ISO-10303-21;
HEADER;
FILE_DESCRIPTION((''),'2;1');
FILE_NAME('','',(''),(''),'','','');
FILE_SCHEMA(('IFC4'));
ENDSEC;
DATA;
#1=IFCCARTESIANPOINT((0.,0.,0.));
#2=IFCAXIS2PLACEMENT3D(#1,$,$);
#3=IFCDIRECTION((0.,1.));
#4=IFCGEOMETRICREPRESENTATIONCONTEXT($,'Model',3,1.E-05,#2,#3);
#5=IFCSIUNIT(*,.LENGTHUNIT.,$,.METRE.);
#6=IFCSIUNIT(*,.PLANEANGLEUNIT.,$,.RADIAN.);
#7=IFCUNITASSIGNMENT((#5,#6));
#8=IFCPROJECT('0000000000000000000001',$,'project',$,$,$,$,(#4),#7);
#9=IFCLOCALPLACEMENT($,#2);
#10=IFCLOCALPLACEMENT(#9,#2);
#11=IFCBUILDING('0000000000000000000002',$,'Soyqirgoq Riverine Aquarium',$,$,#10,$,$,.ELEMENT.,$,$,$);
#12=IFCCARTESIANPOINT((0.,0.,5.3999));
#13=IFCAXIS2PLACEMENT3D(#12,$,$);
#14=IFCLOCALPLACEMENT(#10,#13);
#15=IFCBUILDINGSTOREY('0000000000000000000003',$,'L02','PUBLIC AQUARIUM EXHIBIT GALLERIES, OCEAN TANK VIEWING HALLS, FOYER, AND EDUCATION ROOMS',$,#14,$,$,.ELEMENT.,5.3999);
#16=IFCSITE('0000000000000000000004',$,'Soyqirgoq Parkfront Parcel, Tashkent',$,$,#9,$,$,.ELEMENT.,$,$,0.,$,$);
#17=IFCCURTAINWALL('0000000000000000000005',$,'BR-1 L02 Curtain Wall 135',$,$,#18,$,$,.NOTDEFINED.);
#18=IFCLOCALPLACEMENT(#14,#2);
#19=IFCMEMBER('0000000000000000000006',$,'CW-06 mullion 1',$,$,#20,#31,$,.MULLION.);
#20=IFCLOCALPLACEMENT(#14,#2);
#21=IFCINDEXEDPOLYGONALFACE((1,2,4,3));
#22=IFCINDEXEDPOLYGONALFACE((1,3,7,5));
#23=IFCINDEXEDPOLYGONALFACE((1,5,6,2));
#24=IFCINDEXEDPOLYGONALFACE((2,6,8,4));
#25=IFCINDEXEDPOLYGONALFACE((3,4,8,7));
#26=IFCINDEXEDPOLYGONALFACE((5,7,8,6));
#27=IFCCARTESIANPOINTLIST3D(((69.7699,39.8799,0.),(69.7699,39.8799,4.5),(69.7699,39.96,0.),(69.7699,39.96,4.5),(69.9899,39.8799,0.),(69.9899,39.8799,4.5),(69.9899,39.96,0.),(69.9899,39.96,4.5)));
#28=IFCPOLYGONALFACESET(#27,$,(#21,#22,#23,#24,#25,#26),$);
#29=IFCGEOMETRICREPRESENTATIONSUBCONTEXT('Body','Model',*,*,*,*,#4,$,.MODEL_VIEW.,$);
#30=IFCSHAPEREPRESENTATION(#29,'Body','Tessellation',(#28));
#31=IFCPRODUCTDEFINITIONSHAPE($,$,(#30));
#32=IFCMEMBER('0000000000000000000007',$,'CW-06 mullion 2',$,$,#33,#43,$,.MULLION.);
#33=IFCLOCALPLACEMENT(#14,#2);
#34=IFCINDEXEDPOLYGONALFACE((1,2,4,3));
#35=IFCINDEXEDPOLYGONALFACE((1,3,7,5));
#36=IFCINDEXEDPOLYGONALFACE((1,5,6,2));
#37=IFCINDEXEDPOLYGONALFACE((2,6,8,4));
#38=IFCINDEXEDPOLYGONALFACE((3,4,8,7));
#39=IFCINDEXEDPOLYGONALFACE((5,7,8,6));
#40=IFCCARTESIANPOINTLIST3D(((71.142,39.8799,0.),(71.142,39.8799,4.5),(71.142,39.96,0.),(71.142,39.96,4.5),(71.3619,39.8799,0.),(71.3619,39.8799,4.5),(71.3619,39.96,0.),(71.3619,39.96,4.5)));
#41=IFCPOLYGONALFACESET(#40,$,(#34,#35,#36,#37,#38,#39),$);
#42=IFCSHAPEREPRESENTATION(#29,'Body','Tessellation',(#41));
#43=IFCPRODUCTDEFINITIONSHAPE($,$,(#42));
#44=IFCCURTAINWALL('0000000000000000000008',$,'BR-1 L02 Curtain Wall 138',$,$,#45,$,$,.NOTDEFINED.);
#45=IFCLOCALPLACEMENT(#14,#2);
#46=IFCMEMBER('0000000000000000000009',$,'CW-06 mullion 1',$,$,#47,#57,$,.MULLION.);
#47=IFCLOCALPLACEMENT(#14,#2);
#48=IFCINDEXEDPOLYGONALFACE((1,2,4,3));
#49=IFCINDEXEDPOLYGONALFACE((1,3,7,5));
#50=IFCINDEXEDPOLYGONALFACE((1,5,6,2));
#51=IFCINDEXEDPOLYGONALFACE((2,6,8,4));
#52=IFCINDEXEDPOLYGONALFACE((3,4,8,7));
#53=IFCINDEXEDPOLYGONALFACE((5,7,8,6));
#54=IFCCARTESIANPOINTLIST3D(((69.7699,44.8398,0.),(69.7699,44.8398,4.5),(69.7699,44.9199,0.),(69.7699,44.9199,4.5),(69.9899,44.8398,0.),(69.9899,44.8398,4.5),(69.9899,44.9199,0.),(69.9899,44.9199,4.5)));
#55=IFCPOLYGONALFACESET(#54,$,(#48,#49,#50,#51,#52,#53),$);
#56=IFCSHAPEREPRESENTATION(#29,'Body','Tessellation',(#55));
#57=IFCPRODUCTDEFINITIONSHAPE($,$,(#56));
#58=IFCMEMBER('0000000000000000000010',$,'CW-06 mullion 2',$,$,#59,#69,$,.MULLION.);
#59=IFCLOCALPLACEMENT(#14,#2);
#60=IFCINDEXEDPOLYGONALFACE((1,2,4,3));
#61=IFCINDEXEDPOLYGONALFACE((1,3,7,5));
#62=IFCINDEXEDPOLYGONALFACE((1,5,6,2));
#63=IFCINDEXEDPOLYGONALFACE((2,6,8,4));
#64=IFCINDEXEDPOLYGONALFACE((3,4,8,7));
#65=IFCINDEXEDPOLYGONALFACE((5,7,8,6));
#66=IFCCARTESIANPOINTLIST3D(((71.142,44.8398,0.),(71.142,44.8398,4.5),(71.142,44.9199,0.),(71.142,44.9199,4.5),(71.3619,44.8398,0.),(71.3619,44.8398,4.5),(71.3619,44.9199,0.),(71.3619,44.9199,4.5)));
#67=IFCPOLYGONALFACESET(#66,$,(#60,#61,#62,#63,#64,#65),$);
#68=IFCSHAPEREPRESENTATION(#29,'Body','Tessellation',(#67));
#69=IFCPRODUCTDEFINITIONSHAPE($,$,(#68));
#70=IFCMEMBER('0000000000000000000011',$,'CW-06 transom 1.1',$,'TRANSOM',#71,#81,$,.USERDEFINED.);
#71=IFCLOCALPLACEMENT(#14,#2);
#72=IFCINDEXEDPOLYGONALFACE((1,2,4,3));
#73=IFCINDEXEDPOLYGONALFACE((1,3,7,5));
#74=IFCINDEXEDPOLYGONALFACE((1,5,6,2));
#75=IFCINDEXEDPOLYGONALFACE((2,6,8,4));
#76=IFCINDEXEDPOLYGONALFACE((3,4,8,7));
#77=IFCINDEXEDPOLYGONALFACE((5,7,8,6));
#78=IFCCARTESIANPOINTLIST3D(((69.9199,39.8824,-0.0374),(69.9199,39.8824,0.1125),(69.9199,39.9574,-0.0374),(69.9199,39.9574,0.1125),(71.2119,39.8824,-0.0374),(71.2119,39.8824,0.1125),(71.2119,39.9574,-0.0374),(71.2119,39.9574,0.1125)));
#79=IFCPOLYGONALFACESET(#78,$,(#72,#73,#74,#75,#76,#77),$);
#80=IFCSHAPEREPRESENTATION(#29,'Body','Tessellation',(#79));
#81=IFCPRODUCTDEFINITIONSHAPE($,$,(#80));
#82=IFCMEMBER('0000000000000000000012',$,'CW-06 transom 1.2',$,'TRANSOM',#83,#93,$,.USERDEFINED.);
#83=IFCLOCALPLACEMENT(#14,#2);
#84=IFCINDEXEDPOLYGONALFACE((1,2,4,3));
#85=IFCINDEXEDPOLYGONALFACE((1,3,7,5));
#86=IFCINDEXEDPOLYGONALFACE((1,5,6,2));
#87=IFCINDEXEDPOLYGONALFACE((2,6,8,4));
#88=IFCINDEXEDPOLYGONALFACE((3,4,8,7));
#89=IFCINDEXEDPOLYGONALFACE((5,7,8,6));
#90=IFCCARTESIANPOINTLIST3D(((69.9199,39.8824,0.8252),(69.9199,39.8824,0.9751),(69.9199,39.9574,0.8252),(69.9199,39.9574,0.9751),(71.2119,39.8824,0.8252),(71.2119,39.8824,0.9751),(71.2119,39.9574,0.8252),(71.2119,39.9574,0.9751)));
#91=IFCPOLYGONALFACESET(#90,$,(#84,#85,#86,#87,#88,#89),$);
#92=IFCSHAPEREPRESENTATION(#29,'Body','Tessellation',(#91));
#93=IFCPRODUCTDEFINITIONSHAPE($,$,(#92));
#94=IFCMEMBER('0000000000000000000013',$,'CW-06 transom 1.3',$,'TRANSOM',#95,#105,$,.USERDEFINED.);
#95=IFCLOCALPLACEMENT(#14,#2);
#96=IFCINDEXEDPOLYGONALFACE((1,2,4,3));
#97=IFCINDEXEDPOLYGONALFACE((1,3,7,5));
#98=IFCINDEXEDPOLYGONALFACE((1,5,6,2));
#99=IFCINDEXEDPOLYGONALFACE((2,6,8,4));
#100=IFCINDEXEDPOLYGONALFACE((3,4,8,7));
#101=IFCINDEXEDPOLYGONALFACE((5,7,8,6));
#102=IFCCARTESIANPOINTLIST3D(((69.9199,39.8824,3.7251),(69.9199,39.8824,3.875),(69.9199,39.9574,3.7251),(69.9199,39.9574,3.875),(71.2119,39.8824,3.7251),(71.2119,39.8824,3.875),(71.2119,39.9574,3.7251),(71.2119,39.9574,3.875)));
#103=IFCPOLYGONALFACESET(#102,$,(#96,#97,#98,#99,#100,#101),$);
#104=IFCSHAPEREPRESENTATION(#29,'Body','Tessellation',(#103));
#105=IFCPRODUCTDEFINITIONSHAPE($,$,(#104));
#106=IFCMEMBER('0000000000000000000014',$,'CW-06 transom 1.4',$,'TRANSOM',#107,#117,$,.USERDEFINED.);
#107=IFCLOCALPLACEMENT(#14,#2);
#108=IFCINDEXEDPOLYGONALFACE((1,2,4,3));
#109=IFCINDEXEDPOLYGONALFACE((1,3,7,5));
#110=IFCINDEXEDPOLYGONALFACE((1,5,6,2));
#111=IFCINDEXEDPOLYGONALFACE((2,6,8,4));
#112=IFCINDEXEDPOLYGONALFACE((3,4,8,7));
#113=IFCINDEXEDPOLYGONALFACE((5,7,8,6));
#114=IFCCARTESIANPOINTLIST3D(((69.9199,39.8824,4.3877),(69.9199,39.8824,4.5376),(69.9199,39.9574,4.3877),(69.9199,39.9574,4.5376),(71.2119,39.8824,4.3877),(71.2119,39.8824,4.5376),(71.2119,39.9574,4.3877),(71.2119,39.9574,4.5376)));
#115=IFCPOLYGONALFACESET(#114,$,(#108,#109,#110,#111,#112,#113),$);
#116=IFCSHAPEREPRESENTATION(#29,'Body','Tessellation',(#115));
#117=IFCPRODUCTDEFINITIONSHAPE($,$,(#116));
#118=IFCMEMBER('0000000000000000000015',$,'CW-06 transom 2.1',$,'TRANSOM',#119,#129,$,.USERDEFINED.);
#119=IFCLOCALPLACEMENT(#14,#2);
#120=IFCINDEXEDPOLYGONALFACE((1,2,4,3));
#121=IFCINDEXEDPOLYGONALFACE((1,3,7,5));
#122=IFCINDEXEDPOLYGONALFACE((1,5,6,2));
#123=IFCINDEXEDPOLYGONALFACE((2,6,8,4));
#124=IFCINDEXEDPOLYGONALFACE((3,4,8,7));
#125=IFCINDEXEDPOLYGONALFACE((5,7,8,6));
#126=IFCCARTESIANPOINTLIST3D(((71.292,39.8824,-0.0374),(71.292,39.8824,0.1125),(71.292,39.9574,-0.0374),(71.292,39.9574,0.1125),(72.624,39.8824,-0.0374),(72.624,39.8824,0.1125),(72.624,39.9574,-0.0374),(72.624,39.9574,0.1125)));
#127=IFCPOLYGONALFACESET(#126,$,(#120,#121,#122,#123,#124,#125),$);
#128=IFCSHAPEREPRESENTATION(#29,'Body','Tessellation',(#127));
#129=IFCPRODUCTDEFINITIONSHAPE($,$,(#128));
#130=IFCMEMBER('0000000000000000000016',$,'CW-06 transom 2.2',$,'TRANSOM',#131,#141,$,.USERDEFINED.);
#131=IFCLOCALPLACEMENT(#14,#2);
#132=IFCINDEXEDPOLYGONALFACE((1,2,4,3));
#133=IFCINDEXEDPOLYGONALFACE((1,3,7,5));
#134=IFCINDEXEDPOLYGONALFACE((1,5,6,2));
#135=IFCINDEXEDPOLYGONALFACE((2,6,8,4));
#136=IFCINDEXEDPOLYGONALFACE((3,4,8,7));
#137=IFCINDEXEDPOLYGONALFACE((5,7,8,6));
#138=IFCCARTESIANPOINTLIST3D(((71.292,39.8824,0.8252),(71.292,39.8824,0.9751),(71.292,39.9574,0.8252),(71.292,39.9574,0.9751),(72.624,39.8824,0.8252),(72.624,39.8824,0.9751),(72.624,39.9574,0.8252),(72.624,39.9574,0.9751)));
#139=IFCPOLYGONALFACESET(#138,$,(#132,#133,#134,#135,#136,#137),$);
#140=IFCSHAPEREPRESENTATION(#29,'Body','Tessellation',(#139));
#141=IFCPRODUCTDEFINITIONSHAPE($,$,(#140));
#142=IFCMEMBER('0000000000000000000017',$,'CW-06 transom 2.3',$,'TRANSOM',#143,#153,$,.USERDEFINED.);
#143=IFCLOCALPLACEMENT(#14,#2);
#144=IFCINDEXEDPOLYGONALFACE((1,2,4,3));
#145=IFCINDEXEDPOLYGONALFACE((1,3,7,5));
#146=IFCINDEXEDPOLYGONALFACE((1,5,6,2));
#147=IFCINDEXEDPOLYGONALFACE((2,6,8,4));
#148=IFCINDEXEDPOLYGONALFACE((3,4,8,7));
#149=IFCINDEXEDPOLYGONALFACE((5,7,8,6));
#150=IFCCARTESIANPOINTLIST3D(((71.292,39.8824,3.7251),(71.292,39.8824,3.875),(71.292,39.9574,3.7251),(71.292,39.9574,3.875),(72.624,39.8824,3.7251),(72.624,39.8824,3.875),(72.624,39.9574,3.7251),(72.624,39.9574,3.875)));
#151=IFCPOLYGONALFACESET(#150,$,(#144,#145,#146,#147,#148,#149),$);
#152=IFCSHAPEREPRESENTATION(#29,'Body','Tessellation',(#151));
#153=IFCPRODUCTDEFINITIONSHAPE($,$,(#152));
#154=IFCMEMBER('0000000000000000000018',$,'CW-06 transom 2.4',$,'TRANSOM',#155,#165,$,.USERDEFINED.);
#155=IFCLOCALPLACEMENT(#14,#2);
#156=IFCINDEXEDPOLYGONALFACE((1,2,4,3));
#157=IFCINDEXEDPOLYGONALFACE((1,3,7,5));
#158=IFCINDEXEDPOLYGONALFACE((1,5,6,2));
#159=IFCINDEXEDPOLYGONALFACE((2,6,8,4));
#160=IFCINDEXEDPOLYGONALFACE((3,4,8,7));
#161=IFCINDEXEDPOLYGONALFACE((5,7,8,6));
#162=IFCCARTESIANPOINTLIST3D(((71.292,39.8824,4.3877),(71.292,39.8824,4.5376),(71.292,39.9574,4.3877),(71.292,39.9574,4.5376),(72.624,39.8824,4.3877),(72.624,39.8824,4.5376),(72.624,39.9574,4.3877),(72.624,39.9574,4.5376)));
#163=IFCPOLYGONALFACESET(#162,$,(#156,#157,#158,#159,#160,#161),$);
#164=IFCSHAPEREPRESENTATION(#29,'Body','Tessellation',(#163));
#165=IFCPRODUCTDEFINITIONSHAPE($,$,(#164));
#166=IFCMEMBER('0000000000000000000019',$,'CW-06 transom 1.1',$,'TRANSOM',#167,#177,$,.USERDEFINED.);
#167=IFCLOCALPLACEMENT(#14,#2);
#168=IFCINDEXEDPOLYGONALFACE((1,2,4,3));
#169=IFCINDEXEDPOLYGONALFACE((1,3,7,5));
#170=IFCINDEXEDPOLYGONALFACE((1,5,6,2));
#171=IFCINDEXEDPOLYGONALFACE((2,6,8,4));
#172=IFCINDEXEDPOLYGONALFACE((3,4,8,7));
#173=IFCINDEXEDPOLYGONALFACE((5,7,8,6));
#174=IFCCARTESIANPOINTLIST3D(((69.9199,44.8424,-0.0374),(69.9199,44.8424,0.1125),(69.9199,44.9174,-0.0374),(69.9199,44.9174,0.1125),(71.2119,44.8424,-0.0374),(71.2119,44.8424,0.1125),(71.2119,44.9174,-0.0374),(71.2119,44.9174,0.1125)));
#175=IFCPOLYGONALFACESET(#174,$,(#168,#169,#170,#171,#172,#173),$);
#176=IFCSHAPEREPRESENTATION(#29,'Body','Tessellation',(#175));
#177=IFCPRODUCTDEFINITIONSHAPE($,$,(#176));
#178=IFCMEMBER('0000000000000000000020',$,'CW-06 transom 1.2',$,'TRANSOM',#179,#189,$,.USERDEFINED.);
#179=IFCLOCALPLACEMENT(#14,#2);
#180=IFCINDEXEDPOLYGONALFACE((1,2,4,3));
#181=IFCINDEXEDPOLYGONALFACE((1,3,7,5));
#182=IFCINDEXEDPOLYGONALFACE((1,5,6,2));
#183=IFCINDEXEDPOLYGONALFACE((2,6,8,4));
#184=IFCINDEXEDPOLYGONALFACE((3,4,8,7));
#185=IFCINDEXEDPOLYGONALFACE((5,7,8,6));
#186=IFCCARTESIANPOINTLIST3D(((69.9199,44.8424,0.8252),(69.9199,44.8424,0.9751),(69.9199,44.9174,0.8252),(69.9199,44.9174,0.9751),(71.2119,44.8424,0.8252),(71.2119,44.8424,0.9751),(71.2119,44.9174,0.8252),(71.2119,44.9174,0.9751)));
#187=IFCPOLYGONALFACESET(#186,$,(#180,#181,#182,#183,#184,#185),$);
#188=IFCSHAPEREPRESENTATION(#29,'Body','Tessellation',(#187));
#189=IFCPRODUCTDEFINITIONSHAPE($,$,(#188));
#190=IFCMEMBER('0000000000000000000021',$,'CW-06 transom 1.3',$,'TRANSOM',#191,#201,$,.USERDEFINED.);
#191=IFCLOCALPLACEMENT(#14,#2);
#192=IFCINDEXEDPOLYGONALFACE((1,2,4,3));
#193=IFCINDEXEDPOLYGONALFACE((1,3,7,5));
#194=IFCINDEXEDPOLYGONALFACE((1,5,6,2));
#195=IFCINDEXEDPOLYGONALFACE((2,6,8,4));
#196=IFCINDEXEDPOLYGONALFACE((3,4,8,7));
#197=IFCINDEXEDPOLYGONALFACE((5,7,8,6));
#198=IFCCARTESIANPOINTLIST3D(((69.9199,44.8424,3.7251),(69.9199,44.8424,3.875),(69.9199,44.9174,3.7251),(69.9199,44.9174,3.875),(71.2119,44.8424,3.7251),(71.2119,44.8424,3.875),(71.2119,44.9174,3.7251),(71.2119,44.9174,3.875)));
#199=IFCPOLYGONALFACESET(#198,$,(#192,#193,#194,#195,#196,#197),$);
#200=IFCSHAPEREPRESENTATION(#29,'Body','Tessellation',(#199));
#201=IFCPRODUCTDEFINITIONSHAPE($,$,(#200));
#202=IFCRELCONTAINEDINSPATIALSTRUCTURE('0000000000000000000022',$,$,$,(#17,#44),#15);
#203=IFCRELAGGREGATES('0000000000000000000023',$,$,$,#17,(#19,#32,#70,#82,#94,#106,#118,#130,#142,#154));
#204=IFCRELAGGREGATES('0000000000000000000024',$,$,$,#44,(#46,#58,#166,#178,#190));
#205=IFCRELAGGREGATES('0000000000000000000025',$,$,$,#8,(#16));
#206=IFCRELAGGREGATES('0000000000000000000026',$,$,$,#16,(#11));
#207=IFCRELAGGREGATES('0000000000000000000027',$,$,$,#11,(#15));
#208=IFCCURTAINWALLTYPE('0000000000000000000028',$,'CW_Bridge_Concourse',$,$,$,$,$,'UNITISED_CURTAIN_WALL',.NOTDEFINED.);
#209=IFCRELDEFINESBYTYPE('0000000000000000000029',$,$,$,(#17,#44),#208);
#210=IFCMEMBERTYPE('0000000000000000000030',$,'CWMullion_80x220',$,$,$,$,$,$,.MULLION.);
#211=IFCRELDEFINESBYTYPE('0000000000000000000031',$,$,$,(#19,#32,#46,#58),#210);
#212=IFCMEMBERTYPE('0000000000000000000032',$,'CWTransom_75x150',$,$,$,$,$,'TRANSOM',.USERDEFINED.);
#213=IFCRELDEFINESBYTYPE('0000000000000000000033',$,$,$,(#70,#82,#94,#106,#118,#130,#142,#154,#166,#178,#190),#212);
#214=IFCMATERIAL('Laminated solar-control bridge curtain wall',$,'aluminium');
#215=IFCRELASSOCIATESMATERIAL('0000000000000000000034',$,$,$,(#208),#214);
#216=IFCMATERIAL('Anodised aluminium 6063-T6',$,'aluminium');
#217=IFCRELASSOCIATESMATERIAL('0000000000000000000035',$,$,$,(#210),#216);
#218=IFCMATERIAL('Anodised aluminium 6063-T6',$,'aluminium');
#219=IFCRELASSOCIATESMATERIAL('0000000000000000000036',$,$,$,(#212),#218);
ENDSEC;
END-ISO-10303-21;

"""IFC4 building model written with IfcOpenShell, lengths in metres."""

from ifc_helpers import new_model, si_unit, direction, frame, origin, origin_2d, place, context, subcontext, project, spatial, rectangle, extrude, material, material_profile, profile_set, type_object, element, aggregate, save


model = new_model("IFC4")

# Units and contexts
model_context = context("Model", 3, precision=1e-05, world=origin(), true_north=direction((0.0, 1.0)))
body_context = subcontext(model_context, "Body", "Model", "MODEL_VIEW")
ifc_project = project(units=[si_unit("LENGTHUNIT", "METRE"), si_unit("PLANEANGLEUNIT", "RADIAN")], contexts=[model_context])

# Site, building, storey
site_placement = place(None, origin())
site = spatial("IfcSite", under=ifc_project, at=site_placement, Name="Soyqirgoq Parkfront Parcel, Tashkent", CompositionType="ELEMENT", RefElevation=0.0)
building_placement = place(site_placement, origin())
building = spatial("IfcBuilding", under=site, at=building_placement, Name="Soyqirgoq Riverine Aquarium", CompositionType="ELEMENT")
storey_placement = place(building_placement, frame((0.0, 0.0, 5.3999)))
storey = spatial("IfcBuildingStorey", under=building, at=storey_placement, Name="L02", Description="PUBLIC AQUARIUM EXHIBIT GALLERIES, OCEAN TANK VIEWING HALLS, FOYER, AND EDUCATION ROOMS", CompositionType="ELEMENT", Elevation=5.3999)

# Curtain walls, members
ifc_material_1 = material(Name="Laminated solar-control bridge curtain wall", Category="aluminium")
curtain_wall_type = type_object("IfcCurtainWallType", Name="CW_Bridge_Concourse", ElementType="UNITISED_CURTAIN_WALL", PredefinedType="NOTDEFINED", material=ifc_material_1)
curtain_wall_1_placement = place(storey_placement, origin())
curtain_wall_1 = element("IfcCurtainWall", 1, at=curtain_wall_1_placement, inside=storey, type_object=curtain_wall_type, Name="BR-1 L02 Curtain Wall 135", PredefinedType="NOTDEFINED")
ifc_material_2 = material(Name="Anodised aluminium 6063-T6", Category="aluminium")
ifc_material_profile_1 = material_profile(ifc_material_2, rectangle(XDim=0.0801, YDim=0.22, at=origin_2d()), Name="ALU-M 80x220")
ifc_profile_set_1 = profile_set([ifc_material_profile_1], Name="Anodised aluminium 6063-T6")
member_type_1 = type_object("IfcMemberType", Name="CWMullion_80x220", PredefinedType="MULLION", material=ifc_profile_set_1)
member_1_placement = place(storey_placement, frame((69.8799, 39.9199, 0.0), z_axis=(0.0, 0.0, 1.0), x_axis=(0.0, 1.0, 0.0)))
member_1 = element("IfcMember", 2, at=member_1_placement, type_object=member_type_1, Name="CW-06 mullion 1", PredefinedType="MULLION", context=body_context, shape_type="SweptSolid", body=[
    extrude(rectangle(XDim=0.0801, YDim=0.22, at=origin_2d()), origin(), (0.0, 0.0, 1.0), 4.5),
])
member_2_placement = place(storey_placement, frame((71.252, 39.9199, 0.0), z_axis=(0.0, 0.0, 1.0), x_axis=(0.0, 1.0, 0.0)))
member_2 = element("IfcMember", 3, at=member_2_placement, type_object=member_type_1, Name="CW-06 mullion 2", PredefinedType="MULLION", context=body_context, shape_type="SweptSolid", body=[
    extrude(rectangle(XDim=0.0801, YDim=0.22, at=origin_2d()), origin(), (0.0, 0.0, 1.0), 4.5),
])
curtain_wall_2_placement = place(storey_placement, origin())
curtain_wall_2 = element("IfcCurtainWall", 4, at=curtain_wall_2_placement, inside=storey, type_object=curtain_wall_type, Name="BR-1 L02 Curtain Wall 138", PredefinedType="NOTDEFINED")
member_3_placement = place(storey_placement, frame((69.8799, 44.8799, 0.0), z_axis=(0.0, 0.0, 1.0), x_axis=(0.0, 1.0, 0.0)))
member_3 = element("IfcMember", 5, at=member_3_placement, type_object=member_type_1, Name="CW-06 mullion 1", PredefinedType="MULLION", context=body_context, shape_type="SweptSolid", body=[
    extrude(rectangle(XDim=0.0801, YDim=0.22, at=origin_2d()), origin(), (0.0, 0.0, 1.0), 4.5),
])
member_4_placement = place(storey_placement, frame((71.252, 44.8799, 0.0), z_axis=(0.0, 0.0, 1.0), x_axis=(0.0, 1.0, 0.0)))
member_4 = element("IfcMember", 6, at=member_4_placement, type_object=member_type_1, Name="CW-06 mullion 2", PredefinedType="MULLION", context=body_context, shape_type="SweptSolid", body=[
    extrude(rectangle(XDim=0.0801, YDim=0.22, at=origin_2d()), origin(), (0.0, 0.0, 1.0), 4.5),
])

# Members
ifc_material_3 = material(Name="Anodised aluminium 6063-T6", Category="aluminium")
ifc_material_profile_2 = material_profile(ifc_material_3, rectangle(XDim=0.075, YDim=0.1499, at=origin_2d()), Name="ALU-T 75x150")
ifc_profile_set_2 = profile_set([ifc_material_profile_2], Name="Anodised aluminium 6063-T6")
member_type_2 = type_object("IfcMemberType", Name="CWTransom_75x150", ElementType="TRANSOM", PredefinedType="USERDEFINED", material=ifc_profile_set_2)
member_5_placement = place(storey_placement, frame((69.9199, 39.9199, 0.0376), z_axis=(1.0, 0.0, 0.0), x_axis=(0.0, 1.0, 0.0)))
member_5 = element("IfcMember", 7, at=member_5_placement, type_object=member_type_2, Name="CW-06 transom 1.1", ObjectType="TRANSOM", PredefinedType="USERDEFINED", context=body_context, shape_type="SweptSolid", body=[
    extrude(rectangle(XDim=0.075, YDim=0.1499, at=origin_2d()), origin(), (0.0, 0.0, 1.0), 1.292),
])
member_6_placement = place(storey_placement, frame((69.9199, 39.9199, 0.9001), z_axis=(1.0, 0.0, 0.0), x_axis=(0.0, 1.0, 0.0)))
member_6 = element("IfcMember", 8, at=member_6_placement, type_object=member_type_2, Name="CW-06 transom 1.2", ObjectType="TRANSOM", PredefinedType="USERDEFINED", context=body_context, shape_type="SweptSolid", body=[
    extrude(rectangle(XDim=0.075, YDim=0.1499, at=origin_2d()), origin(), (0.0, 0.0, 1.0), 1.292),
])
member_7_placement = place(storey_placement, frame((69.9199, 39.9199, 3.8), z_axis=(1.0, 0.0, 0.0), x_axis=(0.0, 1.0, 0.0)))
member_7 = element("IfcMember", 9, at=member_7_placement, type_object=member_type_2, Name="CW-06 transom 1.3", ObjectType="TRANSOM", PredefinedType="USERDEFINED", context=body_context, shape_type="SweptSolid", body=[
    extrude(rectangle(XDim=0.075, YDim=0.1499, at=origin_2d()), origin(), (0.0, 0.0, 1.0), 1.292),
])
member_8_placement = place(storey_placement, frame((69.9199, 39.9199, 4.4626), z_axis=(1.0, 0.0, 0.0), x_axis=(0.0, 1.0, 0.0)))
member_8 = element("IfcMember", 10, at=member_8_placement, type_object=member_type_2, Name="CW-06 transom 1.4", ObjectType="TRANSOM", PredefinedType="USERDEFINED", context=body_context, shape_type="SweptSolid", body=[
    extrude(rectangle(XDim=0.075, YDim=0.1499, at=origin_2d()), origin(), (0.0, 0.0, 1.0), 1.292),
])
member_9_placement = place(storey_placement, frame((71.292, 39.9199, 0.0376), z_axis=(1.0, 0.0, 0.0), x_axis=(0.0, 1.0, 0.0)))
member_9 = element("IfcMember", 11, at=member_9_placement, type_object=member_type_2, Name="CW-06 transom 2.1", ObjectType="TRANSOM", PredefinedType="USERDEFINED", context=body_context, shape_type="SweptSolid", body=[
    extrude(rectangle(XDim=0.075, YDim=0.1499, at=origin_2d()), origin(), (0.0, 0.0, 1.0), 1.332),
])
member_10_placement = place(storey_placement, frame((71.292, 39.9199, 0.9001), z_axis=(1.0, 0.0, 0.0), x_axis=(0.0, 1.0, 0.0)))
member_10 = element("IfcMember", 12, at=member_10_placement, type_object=member_type_2, Name="CW-06 transom 2.2", ObjectType="TRANSOM", PredefinedType="USERDEFINED", context=body_context, shape_type="SweptSolid", body=[
    extrude(rectangle(XDim=0.075, YDim=0.1499, at=origin_2d()), origin(), (0.0, 0.0, 1.0), 1.332),
])
member_11_placement = place(storey_placement, frame((71.292, 39.9199, 3.8), z_axis=(1.0, 0.0, 0.0), x_axis=(0.0, 1.0, 0.0)))
member_11 = element("IfcMember", 13, at=member_11_placement, type_object=member_type_2, Name="CW-06 transom 2.3", ObjectType="TRANSOM", PredefinedType="USERDEFINED", context=body_context, shape_type="SweptSolid", body=[
    extrude(rectangle(XDim=0.075, YDim=0.1499, at=origin_2d()), origin(), (0.0, 0.0, 1.0), 1.332),
])
member_12_placement = place(storey_placement, frame((71.292, 39.9199, 4.4626), z_axis=(1.0, 0.0, 0.0), x_axis=(0.0, 1.0, 0.0)))
member_12 = element("IfcMember", 14, at=member_12_placement, type_object=member_type_2, Name="CW-06 transom 2.4", ObjectType="TRANSOM", PredefinedType="USERDEFINED", context=body_context, shape_type="SweptSolid", body=[
    extrude(rectangle(XDim=0.075, YDim=0.1499, at=origin_2d()), origin(), (0.0, 0.0, 1.0), 1.332),
])
member_13_placement = place(storey_placement, frame((69.9199, 44.8799, 0.0376), z_axis=(1.0, 0.0, 0.0), x_axis=(0.0, 1.0, 0.0)))
member_13 = element("IfcMember", 15, at=member_13_placement, type_object=member_type_2, Name="CW-06 transom 1.1", ObjectType="TRANSOM", PredefinedType="USERDEFINED", context=body_context, shape_type="SweptSolid", body=[
    extrude(rectangle(XDim=0.075, YDim=0.1499, at=origin_2d()), origin(), (0.0, 0.0, 1.0), 1.292),
])
member_14_placement = place(storey_placement, frame((69.9199, 44.8799, 0.9001), z_axis=(1.0, 0.0, 0.0), x_axis=(0.0, 1.0, 0.0)))
member_14 = element("IfcMember", 16, at=member_14_placement, type_object=member_type_2, Name="CW-06 transom 1.2", ObjectType="TRANSOM", PredefinedType="USERDEFINED", context=body_context, shape_type="SweptSolid", body=[
    extrude(rectangle(XDim=0.075, YDim=0.1499, at=origin_2d()), origin(), (0.0, 0.0, 1.0), 1.292),
])
member_15_placement = place(storey_placement, frame((69.9199, 44.8799, 3.8), z_axis=(1.0, 0.0, 0.0), x_axis=(0.0, 1.0, 0.0)))
member_15 = element("IfcMember", 17, at=member_15_placement, type_object=member_type_2, Name="CW-06 transom 1.3", ObjectType="TRANSOM", PredefinedType="USERDEFINED", context=body_context, shape_type="SweptSolid", body=[
    extrude(rectangle(XDim=0.075, YDim=0.1499, at=origin_2d()), origin(), (0.0, 0.0, 1.0), 1.292),
])

aggregate(curtain_wall_1, [member_1, member_2, member_5, member_6, member_7, member_8, member_9, member_10, member_11, member_12])
aggregate(curtain_wall_2, [member_3, member_4, member_13, member_14, member_15])

save(model, "model.ifc")
